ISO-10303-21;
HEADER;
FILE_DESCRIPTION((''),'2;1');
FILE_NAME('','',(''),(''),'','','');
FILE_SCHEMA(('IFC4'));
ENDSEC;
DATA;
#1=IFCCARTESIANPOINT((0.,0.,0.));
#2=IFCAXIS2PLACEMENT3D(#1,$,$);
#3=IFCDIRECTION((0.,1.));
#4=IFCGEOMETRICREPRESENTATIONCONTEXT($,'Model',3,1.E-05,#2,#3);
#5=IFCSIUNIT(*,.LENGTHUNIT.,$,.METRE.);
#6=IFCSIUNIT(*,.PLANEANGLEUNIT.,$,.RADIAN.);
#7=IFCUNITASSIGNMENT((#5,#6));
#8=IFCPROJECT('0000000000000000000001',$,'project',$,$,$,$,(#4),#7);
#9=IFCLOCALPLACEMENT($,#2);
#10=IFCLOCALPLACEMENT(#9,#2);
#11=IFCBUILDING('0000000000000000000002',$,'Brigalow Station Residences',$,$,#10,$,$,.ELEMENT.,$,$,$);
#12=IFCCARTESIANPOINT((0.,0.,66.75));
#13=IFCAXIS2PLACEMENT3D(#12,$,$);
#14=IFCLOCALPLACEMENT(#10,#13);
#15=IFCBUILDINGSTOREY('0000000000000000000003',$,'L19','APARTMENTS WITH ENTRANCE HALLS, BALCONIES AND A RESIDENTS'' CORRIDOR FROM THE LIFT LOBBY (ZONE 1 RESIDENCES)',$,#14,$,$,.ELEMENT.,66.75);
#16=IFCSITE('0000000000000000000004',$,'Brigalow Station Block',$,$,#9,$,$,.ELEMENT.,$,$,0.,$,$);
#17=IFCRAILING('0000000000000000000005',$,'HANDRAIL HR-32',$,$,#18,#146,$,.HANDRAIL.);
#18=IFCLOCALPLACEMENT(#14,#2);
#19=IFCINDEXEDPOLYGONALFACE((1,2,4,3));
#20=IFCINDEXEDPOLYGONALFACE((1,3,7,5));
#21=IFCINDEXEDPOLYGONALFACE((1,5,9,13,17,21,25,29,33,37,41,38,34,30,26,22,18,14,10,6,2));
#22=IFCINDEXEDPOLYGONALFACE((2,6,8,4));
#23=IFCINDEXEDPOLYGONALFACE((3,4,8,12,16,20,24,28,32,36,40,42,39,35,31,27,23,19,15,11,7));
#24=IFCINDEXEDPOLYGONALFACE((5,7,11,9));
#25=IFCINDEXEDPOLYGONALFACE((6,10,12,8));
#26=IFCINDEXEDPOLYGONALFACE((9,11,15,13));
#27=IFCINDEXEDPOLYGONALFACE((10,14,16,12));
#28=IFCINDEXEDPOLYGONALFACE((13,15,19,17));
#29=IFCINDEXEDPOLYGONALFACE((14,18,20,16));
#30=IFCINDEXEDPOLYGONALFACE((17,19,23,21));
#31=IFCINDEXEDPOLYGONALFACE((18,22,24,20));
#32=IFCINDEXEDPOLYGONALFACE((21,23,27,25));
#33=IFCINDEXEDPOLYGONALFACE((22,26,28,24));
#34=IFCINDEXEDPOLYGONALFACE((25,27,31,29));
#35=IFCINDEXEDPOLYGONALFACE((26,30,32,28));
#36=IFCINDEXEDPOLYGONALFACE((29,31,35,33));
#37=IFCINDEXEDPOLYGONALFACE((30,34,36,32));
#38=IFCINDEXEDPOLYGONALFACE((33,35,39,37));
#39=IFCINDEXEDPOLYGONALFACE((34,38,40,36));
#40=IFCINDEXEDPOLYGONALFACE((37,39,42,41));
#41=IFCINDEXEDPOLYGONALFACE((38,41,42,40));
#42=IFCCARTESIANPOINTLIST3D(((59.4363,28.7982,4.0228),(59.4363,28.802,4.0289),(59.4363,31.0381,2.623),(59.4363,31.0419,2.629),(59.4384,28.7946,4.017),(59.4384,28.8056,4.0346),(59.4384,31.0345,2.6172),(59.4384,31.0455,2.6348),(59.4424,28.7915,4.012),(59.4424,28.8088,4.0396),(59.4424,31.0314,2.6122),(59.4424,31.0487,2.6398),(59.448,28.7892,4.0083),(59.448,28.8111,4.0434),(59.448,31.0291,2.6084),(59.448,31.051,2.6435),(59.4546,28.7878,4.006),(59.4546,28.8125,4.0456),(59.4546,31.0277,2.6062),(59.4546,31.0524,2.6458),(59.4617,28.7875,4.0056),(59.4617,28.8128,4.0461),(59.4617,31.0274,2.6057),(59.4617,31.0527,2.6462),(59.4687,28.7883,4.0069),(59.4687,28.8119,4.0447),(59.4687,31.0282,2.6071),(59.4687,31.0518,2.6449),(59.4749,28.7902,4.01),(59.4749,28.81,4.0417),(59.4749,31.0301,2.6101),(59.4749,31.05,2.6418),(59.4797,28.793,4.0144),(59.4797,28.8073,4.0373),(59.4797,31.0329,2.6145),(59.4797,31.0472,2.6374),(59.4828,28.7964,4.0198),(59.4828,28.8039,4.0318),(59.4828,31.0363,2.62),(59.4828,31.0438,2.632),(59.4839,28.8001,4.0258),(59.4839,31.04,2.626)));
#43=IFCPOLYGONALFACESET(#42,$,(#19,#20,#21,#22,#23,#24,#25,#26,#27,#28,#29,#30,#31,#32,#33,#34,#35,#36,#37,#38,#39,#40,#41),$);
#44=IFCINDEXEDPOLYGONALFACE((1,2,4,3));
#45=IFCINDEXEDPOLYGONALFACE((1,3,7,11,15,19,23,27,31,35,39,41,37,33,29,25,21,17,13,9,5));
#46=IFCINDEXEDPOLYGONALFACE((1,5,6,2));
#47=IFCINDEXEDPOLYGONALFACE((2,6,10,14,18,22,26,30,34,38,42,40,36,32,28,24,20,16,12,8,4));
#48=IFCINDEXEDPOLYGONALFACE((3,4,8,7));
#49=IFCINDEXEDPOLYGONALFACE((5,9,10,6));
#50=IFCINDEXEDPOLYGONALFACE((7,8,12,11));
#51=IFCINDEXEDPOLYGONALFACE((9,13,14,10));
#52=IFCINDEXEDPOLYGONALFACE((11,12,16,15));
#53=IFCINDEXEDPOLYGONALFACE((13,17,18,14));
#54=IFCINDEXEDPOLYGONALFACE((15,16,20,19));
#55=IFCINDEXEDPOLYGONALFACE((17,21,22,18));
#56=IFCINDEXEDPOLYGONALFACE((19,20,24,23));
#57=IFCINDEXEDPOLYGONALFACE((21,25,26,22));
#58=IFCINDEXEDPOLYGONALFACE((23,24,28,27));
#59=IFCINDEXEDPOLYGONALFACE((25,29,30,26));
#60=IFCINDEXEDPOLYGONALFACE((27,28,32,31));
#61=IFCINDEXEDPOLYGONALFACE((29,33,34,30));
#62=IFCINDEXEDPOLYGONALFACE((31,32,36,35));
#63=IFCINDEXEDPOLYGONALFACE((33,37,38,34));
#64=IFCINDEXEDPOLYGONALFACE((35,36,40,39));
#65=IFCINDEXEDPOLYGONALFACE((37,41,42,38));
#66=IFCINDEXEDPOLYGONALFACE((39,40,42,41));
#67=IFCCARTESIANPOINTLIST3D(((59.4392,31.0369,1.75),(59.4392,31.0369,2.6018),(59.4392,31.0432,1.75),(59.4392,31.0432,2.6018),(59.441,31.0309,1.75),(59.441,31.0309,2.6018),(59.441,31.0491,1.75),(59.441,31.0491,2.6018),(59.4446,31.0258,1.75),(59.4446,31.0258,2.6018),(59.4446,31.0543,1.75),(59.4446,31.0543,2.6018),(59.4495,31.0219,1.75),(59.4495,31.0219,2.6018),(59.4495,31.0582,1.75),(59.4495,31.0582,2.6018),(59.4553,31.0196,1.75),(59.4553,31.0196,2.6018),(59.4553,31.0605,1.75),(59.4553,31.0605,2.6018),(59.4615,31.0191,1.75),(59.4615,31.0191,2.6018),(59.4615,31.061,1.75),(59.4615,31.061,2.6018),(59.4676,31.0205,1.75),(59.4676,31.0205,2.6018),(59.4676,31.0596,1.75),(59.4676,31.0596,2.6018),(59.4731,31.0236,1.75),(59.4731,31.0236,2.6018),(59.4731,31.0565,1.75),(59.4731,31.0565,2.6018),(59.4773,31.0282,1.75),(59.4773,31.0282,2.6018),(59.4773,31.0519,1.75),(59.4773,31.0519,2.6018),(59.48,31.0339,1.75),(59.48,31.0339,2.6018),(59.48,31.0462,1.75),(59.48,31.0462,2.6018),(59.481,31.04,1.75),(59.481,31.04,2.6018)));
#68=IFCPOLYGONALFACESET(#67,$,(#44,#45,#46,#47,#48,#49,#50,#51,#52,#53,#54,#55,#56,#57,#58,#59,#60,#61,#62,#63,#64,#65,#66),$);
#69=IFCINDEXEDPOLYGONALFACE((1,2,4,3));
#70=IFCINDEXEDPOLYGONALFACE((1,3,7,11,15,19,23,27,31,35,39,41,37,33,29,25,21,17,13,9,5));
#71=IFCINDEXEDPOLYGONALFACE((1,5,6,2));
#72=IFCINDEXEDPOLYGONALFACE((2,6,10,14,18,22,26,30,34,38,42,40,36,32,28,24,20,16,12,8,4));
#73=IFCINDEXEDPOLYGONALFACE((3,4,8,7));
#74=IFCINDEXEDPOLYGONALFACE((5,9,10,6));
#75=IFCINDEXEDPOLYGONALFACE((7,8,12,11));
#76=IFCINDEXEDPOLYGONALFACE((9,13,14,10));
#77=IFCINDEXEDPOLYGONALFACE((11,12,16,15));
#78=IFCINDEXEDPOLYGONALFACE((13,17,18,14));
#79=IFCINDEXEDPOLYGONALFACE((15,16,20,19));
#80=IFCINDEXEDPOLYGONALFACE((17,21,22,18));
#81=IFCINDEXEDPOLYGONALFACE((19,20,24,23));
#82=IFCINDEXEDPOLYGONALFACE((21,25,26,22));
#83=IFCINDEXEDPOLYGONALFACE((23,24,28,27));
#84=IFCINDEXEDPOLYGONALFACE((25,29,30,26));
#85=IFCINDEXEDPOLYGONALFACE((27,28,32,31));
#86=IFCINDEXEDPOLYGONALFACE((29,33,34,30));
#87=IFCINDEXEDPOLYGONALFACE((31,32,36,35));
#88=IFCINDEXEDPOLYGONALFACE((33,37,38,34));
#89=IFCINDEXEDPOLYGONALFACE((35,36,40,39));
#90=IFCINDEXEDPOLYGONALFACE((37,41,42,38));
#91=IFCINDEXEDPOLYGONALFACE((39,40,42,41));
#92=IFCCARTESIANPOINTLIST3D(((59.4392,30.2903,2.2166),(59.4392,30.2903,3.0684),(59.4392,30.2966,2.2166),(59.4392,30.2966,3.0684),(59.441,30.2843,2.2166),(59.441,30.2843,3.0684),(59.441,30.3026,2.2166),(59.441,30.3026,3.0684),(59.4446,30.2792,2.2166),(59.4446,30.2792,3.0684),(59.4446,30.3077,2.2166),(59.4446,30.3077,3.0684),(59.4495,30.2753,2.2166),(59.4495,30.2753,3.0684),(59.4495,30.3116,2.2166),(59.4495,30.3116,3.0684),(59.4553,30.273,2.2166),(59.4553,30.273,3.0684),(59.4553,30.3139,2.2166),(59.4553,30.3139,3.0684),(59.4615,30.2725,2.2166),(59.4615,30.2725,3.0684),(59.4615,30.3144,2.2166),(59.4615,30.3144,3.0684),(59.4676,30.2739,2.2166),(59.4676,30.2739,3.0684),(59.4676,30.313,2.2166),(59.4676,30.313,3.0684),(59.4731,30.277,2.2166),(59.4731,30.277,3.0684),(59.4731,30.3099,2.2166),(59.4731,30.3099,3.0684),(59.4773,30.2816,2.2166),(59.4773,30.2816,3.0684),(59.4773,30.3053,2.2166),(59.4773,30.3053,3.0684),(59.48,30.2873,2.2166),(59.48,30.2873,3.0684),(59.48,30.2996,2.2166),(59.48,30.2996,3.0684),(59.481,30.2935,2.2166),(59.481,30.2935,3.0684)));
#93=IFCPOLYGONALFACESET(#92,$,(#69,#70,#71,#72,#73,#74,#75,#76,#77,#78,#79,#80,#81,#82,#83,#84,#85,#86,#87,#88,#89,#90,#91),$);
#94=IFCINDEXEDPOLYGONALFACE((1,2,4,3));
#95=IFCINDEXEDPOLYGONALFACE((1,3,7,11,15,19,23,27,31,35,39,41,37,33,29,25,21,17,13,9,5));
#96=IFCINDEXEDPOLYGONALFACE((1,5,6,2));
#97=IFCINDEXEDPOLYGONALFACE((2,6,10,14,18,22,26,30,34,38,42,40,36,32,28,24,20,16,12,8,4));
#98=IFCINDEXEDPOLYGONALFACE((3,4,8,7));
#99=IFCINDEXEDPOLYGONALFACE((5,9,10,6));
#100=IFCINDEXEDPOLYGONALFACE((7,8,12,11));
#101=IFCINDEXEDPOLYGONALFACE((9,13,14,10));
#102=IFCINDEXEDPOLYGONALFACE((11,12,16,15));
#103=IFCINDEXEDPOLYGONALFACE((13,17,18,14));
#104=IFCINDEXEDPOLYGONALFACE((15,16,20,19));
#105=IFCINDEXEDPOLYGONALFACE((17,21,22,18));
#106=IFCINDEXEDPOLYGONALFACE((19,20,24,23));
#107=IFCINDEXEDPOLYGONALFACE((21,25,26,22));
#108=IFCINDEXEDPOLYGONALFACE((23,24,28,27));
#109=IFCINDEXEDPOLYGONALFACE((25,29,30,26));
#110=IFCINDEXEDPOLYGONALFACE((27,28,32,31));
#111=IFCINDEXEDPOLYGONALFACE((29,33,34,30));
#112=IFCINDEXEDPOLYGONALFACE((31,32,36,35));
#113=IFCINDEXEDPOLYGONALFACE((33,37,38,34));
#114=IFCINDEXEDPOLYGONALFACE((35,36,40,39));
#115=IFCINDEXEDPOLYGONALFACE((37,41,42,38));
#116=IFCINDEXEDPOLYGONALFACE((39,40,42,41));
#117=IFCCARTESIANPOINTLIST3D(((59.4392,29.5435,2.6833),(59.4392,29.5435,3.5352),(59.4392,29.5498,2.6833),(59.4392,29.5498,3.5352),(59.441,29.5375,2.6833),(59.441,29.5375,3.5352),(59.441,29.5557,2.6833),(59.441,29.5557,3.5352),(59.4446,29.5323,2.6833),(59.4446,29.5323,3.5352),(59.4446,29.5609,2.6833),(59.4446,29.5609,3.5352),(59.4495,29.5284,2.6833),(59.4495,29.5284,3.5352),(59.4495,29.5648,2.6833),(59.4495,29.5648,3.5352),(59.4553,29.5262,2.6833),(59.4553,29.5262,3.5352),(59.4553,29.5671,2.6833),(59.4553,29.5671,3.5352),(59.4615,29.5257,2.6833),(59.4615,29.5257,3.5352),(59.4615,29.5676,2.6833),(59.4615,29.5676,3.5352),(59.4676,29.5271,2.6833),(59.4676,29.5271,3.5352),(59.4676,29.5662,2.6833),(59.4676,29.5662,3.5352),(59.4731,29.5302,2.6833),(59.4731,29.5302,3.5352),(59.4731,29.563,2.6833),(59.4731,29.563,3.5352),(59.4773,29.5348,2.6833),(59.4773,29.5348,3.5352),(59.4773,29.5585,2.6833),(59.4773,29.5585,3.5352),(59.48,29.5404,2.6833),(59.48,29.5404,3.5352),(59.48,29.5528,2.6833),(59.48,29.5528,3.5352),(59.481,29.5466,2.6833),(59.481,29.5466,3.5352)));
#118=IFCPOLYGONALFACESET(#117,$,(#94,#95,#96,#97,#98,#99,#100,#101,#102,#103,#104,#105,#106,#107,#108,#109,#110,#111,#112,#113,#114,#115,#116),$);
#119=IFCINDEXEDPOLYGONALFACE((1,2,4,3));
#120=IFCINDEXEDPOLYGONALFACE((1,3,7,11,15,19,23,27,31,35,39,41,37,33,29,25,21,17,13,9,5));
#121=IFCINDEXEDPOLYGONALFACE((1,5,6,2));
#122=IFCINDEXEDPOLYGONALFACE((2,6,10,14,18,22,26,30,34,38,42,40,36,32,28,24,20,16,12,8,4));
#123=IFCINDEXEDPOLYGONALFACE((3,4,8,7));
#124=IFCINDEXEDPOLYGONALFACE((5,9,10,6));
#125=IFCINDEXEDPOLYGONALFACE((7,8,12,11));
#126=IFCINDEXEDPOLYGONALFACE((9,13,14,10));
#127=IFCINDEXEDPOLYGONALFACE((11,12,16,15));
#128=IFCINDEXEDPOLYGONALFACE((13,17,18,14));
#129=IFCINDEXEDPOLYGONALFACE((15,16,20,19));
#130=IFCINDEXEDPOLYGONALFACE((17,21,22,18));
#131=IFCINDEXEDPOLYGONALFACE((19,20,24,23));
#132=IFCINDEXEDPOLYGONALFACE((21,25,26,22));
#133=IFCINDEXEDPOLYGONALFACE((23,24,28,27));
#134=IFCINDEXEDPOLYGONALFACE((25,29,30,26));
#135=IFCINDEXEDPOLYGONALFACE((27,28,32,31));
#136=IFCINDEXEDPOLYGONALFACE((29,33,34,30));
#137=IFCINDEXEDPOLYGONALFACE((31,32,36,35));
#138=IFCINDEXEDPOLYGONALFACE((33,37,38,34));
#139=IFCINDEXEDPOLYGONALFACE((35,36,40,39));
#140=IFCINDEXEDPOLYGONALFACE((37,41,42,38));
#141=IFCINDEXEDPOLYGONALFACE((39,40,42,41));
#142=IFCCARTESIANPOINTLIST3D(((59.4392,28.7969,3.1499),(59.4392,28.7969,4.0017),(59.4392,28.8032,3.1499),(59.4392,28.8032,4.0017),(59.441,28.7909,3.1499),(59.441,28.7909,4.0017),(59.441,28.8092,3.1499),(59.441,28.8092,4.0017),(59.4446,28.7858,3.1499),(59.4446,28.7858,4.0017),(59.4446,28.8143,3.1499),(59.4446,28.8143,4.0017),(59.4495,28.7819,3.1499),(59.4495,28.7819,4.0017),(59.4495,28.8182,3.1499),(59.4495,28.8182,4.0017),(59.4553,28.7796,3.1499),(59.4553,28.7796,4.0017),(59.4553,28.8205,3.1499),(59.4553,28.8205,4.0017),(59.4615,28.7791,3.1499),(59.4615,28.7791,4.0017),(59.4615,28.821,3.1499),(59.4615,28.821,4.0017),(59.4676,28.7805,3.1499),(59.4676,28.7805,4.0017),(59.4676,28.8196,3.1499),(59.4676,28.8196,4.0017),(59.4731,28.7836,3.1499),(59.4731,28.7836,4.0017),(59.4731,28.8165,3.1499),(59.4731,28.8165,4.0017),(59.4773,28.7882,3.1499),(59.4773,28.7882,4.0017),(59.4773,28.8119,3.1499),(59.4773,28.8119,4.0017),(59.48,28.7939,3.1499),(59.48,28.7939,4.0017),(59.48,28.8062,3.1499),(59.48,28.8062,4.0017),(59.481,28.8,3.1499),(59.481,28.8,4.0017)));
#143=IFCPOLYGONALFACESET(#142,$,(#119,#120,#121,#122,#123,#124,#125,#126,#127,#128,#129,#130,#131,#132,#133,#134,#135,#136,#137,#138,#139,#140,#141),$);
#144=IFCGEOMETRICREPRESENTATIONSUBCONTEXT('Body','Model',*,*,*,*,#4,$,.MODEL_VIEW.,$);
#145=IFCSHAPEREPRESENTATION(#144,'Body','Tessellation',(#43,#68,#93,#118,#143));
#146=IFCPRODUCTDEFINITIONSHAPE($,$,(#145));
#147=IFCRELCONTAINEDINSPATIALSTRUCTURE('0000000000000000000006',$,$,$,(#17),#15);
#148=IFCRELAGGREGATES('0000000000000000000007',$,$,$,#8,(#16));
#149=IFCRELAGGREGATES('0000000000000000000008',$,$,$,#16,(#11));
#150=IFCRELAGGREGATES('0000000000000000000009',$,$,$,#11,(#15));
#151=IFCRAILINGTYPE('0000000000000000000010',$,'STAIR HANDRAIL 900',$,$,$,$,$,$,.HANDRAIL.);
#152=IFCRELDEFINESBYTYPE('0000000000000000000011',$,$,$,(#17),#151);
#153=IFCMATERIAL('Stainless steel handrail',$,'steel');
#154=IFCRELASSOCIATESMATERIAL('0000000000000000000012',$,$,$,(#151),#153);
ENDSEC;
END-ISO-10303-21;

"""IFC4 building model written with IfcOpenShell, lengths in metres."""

from ifc_helpers import new_model, si_unit, direction, frame, origin, origin_2d, place, context, subcontext, project, spatial, circle, extrude, material, type_object, element, save


model = new_model("IFC4")

# Units and contexts
model_context = context("Model", 3, precision=1e-05, world=origin(), true_north=direction((0.0, 1.0)))
body_context = subcontext(model_context, "Body", "Model", "MODEL_VIEW")
ifc_project = project(units=[si_unit("LENGTHUNIT", "METRE"), si_unit("PLANEANGLEUNIT", "RADIAN")], contexts=[model_context])

# Site, building, storey
site_placement = place(None, origin())
site = spatial("IfcSite", under=ifc_project, at=site_placement, Name="Brigalow Station Block", CompositionType="ELEMENT", RefElevation=0.0)
building_placement = place(site_placement, origin())
building = spatial("IfcBuilding", under=site, at=building_placement, Name="Brigalow Station Residences", CompositionType="ELEMENT")
storey_placement = place(building_placement, frame((0.0, 0.0, 66.75)))
storey = spatial("IfcBuildingStorey", under=building, at=storey_placement, Name="L19", Description="APARTMENTS WITH ENTRANCE HALLS, BALCONIES AND A RESIDENTS' CORRIDOR FROM THE LIFT LOBBY (ZONE 1 RESIDENCES)", CompositionType="ELEMENT", Elevation=66.75)

# Railing
ifc_material_1 = material(Name="Stainless steel handrail", Category="steel")
railing_type_1 = type_object("IfcRailingType", Name="STAIR HANDRAIL 900", PredefinedType="HANDRAIL", material=ifc_material_1)
railing_1_placement = place(storey_placement, frame((59.46, 31.04, 1.75)))
element("IfcRailing", 1, at=railing_1_placement, inside=storey, type_object=railing_type_1, Name="HANDRAIL HR-32", PredefinedType="HANDRAIL", context=body_context, shape_type="SweptSolid", body=[
    extrude(circle(Radius=0.0239, at=origin_2d()), frame((0.0, 0.0, 0.876), z_axis=(0.0, -0.848014, 0.529974), x_axis=(1.0, 0.0, 0.0)), (0.0, 0.0, 1.0), 2.6414),
    extrude(circle(Radius=0.021, at=origin_2d()), origin(), (0.0, 0.0, 1.0), 0.8518),
    extrude(circle(Radius=0.021, at=origin_2d()), frame((0.0, -0.7466, 0.4666)), (0.0, 0.0, 1.0), 0.8518),
    extrude(circle(Radius=0.021, at=origin_2d()), frame((0.0, -1.4934, 0.9333)), (0.0, 0.0, 1.0), 0.8518),
    extrude(circle(Radius=0.021, at=origin_2d()), frame((0.0, -2.24, 1.3999)), (0.0, 0.0, 1.0), 0.8518),
])

save(model, "model.ifc")
